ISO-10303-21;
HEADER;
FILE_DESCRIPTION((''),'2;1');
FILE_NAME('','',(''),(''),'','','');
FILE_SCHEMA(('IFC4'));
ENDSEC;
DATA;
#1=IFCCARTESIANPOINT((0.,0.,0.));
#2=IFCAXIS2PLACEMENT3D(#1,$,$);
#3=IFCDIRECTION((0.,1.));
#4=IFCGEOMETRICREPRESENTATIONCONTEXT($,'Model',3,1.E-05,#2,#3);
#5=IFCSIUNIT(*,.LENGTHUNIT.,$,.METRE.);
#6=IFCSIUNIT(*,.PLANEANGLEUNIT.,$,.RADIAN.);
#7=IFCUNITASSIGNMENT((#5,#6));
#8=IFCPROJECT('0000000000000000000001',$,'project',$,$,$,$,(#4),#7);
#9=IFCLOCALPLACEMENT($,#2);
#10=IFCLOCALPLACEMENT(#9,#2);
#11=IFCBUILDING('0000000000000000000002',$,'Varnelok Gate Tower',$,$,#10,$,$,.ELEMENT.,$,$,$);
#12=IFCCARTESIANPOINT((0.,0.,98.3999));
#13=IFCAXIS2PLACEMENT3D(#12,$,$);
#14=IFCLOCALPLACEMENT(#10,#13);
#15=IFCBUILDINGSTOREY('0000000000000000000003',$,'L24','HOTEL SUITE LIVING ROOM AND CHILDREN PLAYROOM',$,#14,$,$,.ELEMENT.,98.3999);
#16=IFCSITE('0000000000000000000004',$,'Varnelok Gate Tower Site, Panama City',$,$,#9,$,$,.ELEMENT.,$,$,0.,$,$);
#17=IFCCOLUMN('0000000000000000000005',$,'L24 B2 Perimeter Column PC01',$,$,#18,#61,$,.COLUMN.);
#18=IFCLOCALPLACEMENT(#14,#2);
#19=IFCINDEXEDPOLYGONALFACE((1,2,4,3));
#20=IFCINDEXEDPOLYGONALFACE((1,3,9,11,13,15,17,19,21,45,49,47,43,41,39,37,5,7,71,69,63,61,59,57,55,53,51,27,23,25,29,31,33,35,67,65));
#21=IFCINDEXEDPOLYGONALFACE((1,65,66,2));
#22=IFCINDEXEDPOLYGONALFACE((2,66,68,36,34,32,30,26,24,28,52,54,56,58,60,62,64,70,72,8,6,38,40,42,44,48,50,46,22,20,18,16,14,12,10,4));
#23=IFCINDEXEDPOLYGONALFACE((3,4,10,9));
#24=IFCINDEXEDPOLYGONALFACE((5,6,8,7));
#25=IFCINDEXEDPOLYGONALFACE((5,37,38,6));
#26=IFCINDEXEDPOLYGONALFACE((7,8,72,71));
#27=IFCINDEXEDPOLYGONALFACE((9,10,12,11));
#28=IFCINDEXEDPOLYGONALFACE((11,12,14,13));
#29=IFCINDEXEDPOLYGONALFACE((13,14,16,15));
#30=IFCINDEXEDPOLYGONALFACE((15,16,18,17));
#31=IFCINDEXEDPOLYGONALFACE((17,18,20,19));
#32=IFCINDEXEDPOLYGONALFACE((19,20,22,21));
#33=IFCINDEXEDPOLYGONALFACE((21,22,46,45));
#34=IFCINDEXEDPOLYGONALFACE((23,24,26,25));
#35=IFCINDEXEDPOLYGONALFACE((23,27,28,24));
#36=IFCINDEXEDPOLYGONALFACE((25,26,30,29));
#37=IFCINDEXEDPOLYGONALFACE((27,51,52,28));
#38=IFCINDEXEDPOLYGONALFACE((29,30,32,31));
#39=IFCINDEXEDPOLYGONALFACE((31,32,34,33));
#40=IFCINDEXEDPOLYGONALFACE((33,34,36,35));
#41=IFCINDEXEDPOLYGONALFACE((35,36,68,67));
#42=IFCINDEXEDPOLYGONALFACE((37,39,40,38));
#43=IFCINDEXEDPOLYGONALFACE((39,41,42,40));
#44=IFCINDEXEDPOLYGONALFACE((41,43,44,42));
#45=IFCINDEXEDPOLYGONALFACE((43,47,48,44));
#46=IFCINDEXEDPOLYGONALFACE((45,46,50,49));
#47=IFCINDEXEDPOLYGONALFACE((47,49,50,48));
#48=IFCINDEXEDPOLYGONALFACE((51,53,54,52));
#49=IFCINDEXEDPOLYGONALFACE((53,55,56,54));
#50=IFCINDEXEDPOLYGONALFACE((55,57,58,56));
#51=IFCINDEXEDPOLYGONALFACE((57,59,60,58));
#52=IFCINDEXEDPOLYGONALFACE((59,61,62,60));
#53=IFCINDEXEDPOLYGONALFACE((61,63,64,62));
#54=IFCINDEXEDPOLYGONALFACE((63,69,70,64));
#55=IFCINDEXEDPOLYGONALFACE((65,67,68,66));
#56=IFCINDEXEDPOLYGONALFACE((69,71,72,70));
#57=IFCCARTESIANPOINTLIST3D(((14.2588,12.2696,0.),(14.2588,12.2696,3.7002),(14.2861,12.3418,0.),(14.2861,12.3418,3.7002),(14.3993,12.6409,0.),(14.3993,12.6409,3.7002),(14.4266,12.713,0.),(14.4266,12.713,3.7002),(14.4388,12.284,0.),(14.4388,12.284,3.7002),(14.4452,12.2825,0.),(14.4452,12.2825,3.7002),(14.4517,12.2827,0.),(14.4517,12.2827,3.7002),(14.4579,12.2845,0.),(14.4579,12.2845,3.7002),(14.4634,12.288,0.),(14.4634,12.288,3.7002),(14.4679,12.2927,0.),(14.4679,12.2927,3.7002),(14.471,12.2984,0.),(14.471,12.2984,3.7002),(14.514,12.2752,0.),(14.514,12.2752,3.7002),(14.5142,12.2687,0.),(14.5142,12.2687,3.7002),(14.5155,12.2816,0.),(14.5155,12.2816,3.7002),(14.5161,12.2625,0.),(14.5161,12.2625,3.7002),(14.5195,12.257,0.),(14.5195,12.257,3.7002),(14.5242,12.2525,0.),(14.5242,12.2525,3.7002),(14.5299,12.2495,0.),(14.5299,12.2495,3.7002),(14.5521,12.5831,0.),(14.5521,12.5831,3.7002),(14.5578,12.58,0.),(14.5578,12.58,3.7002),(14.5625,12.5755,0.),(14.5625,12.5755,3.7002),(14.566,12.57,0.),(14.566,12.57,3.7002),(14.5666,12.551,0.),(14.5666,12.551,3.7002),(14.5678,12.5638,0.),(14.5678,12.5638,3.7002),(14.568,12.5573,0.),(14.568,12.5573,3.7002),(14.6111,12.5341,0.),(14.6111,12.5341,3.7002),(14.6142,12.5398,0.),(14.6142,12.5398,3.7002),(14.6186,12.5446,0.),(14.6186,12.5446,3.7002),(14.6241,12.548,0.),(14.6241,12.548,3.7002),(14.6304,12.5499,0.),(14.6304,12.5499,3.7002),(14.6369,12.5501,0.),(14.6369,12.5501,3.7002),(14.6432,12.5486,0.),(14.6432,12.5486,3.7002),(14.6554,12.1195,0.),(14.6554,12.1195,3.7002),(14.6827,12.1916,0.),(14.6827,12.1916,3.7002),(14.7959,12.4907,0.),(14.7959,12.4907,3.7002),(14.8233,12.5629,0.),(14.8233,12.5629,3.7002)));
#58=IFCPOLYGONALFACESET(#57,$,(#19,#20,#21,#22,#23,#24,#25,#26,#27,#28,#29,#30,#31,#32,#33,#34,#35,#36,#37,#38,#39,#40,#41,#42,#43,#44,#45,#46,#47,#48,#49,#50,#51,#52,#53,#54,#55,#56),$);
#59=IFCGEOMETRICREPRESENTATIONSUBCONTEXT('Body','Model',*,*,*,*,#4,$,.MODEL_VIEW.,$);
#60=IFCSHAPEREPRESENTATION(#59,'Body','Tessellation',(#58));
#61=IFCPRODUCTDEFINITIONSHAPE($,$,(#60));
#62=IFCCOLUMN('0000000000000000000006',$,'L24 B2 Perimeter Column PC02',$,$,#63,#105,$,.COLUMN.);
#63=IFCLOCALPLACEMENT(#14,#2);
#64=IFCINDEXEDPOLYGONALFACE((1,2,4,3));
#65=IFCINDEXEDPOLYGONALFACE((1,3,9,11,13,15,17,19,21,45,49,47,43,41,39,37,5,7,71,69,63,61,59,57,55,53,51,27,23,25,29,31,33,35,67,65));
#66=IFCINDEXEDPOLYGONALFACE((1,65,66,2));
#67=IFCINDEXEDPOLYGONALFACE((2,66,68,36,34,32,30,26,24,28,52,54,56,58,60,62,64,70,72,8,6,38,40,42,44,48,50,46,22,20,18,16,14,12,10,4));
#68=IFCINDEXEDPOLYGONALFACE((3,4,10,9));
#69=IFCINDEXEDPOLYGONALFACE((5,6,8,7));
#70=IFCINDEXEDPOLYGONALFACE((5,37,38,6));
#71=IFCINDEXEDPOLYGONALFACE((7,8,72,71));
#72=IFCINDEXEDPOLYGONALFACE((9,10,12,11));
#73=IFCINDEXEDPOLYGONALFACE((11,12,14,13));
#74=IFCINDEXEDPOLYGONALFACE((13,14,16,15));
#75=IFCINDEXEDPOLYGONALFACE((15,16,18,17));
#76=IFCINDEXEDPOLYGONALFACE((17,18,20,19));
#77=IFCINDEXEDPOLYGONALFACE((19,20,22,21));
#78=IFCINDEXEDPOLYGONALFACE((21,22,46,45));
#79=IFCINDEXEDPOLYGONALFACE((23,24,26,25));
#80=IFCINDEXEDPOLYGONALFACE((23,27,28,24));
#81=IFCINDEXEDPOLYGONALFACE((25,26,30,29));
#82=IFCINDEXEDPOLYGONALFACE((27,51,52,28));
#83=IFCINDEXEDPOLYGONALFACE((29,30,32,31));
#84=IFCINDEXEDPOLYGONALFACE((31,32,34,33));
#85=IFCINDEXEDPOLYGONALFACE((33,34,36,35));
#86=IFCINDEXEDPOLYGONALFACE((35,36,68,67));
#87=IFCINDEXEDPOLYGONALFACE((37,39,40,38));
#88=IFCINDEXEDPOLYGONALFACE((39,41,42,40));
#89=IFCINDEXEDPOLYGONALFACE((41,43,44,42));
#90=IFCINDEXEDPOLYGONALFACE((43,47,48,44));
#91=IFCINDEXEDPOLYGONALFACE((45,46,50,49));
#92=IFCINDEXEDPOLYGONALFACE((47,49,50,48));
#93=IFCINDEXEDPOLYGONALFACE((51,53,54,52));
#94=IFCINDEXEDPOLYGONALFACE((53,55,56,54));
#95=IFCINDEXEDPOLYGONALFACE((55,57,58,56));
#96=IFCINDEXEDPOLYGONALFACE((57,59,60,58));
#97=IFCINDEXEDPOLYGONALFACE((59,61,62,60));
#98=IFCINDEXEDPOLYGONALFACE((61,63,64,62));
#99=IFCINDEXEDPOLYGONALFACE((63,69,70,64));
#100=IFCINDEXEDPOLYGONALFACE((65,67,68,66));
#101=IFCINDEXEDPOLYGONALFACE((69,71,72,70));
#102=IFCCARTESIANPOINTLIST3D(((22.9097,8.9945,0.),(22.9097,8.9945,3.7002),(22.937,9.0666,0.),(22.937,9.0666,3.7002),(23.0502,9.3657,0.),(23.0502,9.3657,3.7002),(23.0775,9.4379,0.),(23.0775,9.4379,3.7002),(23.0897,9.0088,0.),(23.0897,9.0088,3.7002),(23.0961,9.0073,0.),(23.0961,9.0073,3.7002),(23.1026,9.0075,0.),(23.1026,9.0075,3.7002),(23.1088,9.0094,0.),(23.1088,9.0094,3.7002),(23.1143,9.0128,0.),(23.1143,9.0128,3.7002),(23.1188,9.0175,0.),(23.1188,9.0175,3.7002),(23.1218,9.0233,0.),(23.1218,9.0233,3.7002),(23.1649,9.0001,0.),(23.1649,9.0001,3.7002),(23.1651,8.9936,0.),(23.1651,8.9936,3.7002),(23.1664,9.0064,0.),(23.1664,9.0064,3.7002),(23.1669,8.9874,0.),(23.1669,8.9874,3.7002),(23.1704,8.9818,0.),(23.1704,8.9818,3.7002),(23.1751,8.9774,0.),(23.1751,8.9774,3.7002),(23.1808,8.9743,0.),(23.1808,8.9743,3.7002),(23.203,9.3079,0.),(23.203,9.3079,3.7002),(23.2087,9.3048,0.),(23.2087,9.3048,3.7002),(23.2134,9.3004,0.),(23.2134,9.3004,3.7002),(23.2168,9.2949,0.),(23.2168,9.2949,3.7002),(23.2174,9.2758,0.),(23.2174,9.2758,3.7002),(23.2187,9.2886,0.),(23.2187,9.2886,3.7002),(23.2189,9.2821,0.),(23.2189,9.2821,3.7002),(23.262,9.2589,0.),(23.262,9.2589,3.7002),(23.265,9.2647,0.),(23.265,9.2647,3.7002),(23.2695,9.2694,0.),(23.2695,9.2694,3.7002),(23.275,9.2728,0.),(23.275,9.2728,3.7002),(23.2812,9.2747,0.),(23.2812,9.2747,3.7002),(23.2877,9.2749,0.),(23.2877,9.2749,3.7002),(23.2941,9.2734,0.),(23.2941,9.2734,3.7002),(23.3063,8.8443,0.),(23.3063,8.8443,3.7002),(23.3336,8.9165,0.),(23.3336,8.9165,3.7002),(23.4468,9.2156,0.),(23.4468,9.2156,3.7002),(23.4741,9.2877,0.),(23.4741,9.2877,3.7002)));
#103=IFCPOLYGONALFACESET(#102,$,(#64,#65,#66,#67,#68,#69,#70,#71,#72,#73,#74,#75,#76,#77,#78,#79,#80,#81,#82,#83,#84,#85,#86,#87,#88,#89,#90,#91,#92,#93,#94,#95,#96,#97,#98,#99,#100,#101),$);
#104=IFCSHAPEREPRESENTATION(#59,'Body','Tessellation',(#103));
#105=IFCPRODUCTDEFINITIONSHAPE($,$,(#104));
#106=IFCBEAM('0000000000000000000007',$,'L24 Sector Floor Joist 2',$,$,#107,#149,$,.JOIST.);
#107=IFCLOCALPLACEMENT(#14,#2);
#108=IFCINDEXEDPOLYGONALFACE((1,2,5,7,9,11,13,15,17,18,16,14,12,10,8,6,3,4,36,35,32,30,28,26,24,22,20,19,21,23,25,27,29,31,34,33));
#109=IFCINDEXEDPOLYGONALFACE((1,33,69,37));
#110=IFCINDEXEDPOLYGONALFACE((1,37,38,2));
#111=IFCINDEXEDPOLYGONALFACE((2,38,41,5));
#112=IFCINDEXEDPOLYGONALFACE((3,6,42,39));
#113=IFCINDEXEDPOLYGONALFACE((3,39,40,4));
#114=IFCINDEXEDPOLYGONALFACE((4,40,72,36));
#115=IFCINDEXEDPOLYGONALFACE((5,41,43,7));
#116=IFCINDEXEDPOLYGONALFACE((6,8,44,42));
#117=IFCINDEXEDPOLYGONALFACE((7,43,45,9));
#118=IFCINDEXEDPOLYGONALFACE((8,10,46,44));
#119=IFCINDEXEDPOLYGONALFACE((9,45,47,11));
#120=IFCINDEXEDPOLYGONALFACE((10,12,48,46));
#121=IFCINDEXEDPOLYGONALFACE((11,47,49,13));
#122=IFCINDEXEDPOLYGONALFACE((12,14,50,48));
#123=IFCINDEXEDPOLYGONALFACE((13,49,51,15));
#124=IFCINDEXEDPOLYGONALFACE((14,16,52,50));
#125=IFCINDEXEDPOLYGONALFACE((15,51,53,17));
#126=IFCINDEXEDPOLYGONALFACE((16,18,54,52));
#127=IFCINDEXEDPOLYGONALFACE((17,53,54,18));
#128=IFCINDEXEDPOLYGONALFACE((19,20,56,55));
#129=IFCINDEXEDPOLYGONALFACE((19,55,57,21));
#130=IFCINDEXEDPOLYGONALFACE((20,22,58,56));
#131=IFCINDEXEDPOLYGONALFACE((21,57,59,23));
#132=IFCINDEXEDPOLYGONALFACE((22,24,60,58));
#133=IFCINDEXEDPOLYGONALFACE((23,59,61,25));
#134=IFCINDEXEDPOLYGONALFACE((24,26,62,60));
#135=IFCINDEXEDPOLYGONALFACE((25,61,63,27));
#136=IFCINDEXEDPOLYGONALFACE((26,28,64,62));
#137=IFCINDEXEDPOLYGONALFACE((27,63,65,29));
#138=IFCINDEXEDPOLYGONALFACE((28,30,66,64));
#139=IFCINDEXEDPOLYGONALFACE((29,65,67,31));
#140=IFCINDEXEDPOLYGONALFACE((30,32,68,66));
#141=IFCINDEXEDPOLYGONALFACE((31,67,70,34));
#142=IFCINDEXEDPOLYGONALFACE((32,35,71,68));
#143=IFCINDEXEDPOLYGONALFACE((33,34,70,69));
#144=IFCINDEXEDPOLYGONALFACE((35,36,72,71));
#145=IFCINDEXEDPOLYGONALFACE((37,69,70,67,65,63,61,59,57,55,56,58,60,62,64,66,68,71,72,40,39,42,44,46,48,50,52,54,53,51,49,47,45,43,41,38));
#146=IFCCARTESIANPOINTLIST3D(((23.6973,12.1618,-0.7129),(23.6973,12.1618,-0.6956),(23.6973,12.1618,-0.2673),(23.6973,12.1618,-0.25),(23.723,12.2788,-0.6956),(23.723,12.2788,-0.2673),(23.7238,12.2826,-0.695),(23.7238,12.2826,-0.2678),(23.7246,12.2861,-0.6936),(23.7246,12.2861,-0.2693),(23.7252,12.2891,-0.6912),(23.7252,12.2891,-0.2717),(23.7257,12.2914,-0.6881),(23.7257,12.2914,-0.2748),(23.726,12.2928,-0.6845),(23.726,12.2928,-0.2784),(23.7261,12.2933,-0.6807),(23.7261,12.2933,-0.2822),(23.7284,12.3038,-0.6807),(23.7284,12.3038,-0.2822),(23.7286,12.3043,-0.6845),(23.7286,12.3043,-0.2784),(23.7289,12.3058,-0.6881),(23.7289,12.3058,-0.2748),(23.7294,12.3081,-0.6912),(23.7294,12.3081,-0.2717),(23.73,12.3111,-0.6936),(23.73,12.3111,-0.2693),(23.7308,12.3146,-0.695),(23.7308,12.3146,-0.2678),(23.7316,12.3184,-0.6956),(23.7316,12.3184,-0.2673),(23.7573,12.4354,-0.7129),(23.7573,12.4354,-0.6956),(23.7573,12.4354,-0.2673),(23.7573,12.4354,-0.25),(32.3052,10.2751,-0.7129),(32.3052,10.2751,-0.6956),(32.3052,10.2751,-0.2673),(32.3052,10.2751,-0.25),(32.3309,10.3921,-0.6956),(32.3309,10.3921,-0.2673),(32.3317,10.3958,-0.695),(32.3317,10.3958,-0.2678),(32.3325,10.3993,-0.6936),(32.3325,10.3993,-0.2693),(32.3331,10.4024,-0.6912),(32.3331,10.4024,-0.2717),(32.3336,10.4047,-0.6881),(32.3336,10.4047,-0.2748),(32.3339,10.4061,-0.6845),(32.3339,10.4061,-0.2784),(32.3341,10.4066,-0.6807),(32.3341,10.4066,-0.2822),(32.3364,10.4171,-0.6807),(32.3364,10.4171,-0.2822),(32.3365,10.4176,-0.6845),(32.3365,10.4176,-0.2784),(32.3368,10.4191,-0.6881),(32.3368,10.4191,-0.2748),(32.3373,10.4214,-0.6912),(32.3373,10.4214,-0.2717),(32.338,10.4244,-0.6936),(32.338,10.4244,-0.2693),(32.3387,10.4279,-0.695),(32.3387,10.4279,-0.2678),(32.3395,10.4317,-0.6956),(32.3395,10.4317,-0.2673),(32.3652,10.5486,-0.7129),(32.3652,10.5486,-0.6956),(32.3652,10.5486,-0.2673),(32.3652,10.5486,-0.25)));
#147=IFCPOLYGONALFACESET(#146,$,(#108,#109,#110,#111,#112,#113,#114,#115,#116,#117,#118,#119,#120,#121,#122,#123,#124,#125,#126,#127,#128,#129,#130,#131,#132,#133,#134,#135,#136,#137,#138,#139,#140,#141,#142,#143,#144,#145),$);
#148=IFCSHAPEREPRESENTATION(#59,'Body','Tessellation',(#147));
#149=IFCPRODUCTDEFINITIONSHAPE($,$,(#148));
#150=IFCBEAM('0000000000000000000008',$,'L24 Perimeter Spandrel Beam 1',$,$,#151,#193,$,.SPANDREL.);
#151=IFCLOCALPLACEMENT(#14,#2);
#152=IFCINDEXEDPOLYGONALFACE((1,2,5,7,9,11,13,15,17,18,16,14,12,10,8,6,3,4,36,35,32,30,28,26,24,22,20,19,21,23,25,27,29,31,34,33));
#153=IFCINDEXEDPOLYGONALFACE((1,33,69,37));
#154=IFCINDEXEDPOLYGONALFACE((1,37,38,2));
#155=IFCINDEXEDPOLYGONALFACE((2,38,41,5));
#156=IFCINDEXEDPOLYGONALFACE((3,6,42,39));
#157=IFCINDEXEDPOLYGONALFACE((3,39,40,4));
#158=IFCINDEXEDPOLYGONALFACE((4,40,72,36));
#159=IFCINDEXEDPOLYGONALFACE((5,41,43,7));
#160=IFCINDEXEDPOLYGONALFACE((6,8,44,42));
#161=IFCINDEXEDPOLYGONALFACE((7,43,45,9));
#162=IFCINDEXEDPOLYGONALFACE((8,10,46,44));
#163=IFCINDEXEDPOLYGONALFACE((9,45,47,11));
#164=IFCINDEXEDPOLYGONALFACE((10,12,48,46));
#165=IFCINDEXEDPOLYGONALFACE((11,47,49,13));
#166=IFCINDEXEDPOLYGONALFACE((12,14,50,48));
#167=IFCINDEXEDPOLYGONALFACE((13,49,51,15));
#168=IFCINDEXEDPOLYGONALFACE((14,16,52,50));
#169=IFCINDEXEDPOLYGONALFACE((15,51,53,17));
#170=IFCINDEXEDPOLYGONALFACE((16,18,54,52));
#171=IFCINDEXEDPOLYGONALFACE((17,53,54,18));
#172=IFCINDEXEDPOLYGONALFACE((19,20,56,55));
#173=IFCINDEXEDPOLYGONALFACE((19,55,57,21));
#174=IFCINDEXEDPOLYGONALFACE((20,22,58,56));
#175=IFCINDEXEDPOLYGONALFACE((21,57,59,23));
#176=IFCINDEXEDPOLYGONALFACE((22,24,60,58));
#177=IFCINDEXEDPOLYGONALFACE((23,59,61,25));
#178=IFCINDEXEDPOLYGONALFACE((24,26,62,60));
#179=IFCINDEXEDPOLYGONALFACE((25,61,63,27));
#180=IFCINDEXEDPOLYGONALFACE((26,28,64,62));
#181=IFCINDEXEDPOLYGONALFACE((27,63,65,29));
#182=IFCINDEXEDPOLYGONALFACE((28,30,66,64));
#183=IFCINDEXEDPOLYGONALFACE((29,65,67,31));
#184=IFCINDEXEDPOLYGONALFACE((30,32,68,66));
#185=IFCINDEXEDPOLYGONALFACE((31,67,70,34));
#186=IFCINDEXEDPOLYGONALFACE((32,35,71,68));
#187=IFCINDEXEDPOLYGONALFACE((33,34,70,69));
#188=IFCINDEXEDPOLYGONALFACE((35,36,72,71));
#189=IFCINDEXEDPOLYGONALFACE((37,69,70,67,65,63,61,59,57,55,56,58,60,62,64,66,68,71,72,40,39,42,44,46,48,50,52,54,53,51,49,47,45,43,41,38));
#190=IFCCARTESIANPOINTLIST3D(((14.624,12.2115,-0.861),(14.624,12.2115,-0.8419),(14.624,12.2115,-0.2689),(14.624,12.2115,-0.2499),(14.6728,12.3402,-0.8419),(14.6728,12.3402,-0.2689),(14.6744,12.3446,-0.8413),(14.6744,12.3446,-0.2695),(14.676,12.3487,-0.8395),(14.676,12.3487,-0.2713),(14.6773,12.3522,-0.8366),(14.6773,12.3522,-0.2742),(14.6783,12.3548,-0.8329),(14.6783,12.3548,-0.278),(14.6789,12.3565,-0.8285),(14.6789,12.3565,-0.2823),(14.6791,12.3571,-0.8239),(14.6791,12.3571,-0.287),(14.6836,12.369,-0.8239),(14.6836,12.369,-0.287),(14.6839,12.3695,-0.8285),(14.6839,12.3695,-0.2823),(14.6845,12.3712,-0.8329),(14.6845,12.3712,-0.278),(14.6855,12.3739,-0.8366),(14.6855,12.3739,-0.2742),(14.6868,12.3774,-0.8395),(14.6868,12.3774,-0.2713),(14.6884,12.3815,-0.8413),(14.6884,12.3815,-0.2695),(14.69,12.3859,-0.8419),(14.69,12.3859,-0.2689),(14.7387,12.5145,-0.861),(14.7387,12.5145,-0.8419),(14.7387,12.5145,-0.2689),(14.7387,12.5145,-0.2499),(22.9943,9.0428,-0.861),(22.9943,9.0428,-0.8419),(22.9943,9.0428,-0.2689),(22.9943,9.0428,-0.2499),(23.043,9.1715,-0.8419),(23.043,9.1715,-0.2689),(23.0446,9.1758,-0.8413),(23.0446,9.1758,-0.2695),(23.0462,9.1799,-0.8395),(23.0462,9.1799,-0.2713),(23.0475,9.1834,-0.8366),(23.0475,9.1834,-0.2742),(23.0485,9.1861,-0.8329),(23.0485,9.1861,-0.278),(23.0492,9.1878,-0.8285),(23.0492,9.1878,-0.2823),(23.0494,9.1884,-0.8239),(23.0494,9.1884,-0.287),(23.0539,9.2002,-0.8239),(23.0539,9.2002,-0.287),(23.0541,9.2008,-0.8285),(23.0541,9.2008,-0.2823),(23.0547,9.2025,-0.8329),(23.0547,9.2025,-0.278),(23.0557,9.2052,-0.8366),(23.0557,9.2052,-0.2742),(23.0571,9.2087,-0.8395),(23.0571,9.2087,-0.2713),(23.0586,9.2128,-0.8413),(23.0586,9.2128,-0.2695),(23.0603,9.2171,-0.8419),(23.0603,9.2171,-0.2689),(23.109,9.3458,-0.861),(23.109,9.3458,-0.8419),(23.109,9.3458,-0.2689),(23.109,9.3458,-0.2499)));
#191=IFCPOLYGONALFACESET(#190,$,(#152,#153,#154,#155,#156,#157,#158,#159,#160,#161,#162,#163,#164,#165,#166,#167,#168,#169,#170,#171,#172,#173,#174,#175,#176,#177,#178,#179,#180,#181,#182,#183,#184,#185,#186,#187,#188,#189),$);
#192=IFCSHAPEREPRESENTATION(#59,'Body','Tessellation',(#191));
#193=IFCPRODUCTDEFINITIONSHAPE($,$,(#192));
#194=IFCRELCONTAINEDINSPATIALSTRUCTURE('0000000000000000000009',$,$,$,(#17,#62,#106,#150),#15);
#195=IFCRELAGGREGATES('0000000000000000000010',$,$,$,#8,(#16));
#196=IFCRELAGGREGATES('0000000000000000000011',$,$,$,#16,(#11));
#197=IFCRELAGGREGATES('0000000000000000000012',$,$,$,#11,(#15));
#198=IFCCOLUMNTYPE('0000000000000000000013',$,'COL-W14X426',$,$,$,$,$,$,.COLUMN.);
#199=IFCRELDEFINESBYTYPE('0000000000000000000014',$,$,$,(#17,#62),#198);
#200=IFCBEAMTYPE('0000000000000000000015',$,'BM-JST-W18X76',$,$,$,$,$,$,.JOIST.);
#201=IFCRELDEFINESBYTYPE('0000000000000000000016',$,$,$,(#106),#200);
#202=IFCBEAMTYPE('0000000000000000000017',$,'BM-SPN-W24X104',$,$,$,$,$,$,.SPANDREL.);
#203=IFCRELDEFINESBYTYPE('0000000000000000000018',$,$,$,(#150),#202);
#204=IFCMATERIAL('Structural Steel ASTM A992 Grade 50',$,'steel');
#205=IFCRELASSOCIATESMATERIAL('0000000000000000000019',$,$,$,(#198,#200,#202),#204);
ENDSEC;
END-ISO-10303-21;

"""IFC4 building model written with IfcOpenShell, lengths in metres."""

from ifc_helpers import new_model, si_unit, direction, frame, origin, origin_2d, place, context, subcontext, project, spatial, i_section, extrude, material, material_profile, profile_set, type_object, element, save


model = new_model("IFC4")

# Units and contexts
model_context = context("Model", 3, precision=1e-05, world=origin(), true_north=direction((0.0, 1.0)))
body_context = subcontext(model_context, "Body", "Model", "MODEL_VIEW")
ifc_project = project(units=[si_unit("LENGTHUNIT", "METRE"), si_unit("PLANEANGLEUNIT", "RADIAN")], contexts=[model_context])

# Site, building, storey
site_placement = place(None, origin())
site = spatial("IfcSite", under=ifc_project, at=site_placement, Name="Varnelok Gate Tower Site, Panama City", CompositionType="ELEMENT", RefElevation=0.0)
building_placement = place(site_placement, origin())
building = spatial("IfcBuilding", under=site, at=building_placement, Name="Varnelok Gate Tower", CompositionType="ELEMENT")
storey_placement = place(building_placement, frame((0.0, 0.0, 98.3999)))
storey = spatial("IfcBuildingStorey", under=building, at=storey_placement, Name="L24", Description="HOTEL SUITE LIVING ROOM AND CHILDREN PLAYROOM", CompositionType="ELEMENT", Elevation=98.3999)

# Columns
ifc_material_1 = material(Name="Structural Steel ASTM A992 Grade 50", Category="steel")
ifc_material_profile_1 = material_profile(ifc_material_1, i_section(OverallWidth=0.4241, OverallDepth=0.4741, WebThickness=0.0476, FlangeThickness=0.0771, FilletRadius=0.0249, at=origin_2d()), Name="W14X426")
ifc_profile_set_1 = profile_set([ifc_material_profile_1], Name="Structural Steel ASTM A992 Grade 50")
column_type = type_object("IfcColumnType", Name="COL-W14X426", PredefinedType="COLUMN", material=ifc_profile_set_1)
for number, where, z_axis, x_axis, name in (
    (1, (14.541, 12.4163, 0.0), (0.0, 0.0, 1.0), (0.935222, -0.354063, 0.0), "L24 B2 Perimeter Column PC01"),
    (2, (23.1919, 9.1411, 0.0), (0.0, 0.0, 1.0), (0.935222, -0.354063, 0.0), "L24 B2 Perimeter Column PC02"),
):
    element("IfcColumn", number, at=place(storey_placement, frame(where, z_axis=z_axis, x_axis=x_axis)), inside=storey, type_object=column_type, Name=name, PredefinedType="COLUMN", context=body_context, shape_type="SweptSolid", body=[
        extrude(i_section(OverallWidth=0.4241, OverallDepth=0.4741, WebThickness=0.0476, FlangeThickness=0.0771, FilletRadius=0.0249, at=origin_2d()), origin(), (0.0, 0.0, 1.0), 3.7002),
    ])

# Beams
ifc_material_profile_2 = material_profile(ifc_material_1, i_section(OverallWidth=0.28, OverallDepth=0.4629, WebThickness=0.0107, FlangeThickness=0.0173, FilletRadius=0.0149, at=origin_2d()), Name="W18X76")
ifc_profile_set_2 = profile_set([ifc_material_profile_2], Name="Structural Steel ASTM A992 Grade 50")
beam_type_1 = type_object("IfcBeamType", Name="BM-JST-W18X76", PredefinedType="JOIST", material=ifc_profile_set_2)
beam_1_placement = place(storey_placement, frame((23.7273, 12.2986, -0.4814), z_axis=(0.976811, -0.214102, 0.0), x_axis=(0.214102, 0.976811, 0.0)))
element("IfcBeam", 3, at=beam_1_placement, inside=storey, type_object=beam_type_1, Name="L24 Sector Floor Joist 2", PredefinedType="JOIST", context=body_context, shape_type="SweptSolid", body=[
    extrude(i_section(OverallWidth=0.28, OverallDepth=0.4629, WebThickness=0.0107, FlangeThickness=0.0173, FilletRadius=0.0149, at=origin_2d()), origin(), (0.0, 0.0, 1.0), 8.8123),
])
ifc_material_profile_3 = material_profile(ifc_material_1, i_section(OverallWidth=0.324, OverallDepth=0.6111, WebThickness=0.0127, FlangeThickness=0.019, FilletRadius=0.0181, at=origin_2d()), Name="W24X104")
ifc_profile_set_3 = profile_set([ifc_material_profile_3], Name="Structural Steel ASTM A992 Grade 50")
beam_type_2 = type_object("IfcBeamType", Name="BM-SPN-W24X104", PredefinedType="SPANDREL", material=ifc_profile_set_3)
beam_2_placement = place(storey_placement, frame((14.6814, 12.363, -0.5554), z_axis=(0.935226, -0.354051, 0.0), x_axis=(0.354051, 0.935226, 0.0)))
element("IfcBeam", 4, at=beam_2_placement, inside=storey, type_object=beam_type_2, Name="L24 Perimeter Spandrel Beam 1", PredefinedType="SPANDREL", context=body_context, shape_type="SweptSolid", body=[
    extrude(i_section(OverallWidth=0.324, OverallDepth=0.6111, WebThickness=0.0127, FlangeThickness=0.019, FilletRadius=0.0181, at=origin_2d()), origin(), (0.0, 0.0, 1.0), 8.95),
])

save(model, "model.ifc")
